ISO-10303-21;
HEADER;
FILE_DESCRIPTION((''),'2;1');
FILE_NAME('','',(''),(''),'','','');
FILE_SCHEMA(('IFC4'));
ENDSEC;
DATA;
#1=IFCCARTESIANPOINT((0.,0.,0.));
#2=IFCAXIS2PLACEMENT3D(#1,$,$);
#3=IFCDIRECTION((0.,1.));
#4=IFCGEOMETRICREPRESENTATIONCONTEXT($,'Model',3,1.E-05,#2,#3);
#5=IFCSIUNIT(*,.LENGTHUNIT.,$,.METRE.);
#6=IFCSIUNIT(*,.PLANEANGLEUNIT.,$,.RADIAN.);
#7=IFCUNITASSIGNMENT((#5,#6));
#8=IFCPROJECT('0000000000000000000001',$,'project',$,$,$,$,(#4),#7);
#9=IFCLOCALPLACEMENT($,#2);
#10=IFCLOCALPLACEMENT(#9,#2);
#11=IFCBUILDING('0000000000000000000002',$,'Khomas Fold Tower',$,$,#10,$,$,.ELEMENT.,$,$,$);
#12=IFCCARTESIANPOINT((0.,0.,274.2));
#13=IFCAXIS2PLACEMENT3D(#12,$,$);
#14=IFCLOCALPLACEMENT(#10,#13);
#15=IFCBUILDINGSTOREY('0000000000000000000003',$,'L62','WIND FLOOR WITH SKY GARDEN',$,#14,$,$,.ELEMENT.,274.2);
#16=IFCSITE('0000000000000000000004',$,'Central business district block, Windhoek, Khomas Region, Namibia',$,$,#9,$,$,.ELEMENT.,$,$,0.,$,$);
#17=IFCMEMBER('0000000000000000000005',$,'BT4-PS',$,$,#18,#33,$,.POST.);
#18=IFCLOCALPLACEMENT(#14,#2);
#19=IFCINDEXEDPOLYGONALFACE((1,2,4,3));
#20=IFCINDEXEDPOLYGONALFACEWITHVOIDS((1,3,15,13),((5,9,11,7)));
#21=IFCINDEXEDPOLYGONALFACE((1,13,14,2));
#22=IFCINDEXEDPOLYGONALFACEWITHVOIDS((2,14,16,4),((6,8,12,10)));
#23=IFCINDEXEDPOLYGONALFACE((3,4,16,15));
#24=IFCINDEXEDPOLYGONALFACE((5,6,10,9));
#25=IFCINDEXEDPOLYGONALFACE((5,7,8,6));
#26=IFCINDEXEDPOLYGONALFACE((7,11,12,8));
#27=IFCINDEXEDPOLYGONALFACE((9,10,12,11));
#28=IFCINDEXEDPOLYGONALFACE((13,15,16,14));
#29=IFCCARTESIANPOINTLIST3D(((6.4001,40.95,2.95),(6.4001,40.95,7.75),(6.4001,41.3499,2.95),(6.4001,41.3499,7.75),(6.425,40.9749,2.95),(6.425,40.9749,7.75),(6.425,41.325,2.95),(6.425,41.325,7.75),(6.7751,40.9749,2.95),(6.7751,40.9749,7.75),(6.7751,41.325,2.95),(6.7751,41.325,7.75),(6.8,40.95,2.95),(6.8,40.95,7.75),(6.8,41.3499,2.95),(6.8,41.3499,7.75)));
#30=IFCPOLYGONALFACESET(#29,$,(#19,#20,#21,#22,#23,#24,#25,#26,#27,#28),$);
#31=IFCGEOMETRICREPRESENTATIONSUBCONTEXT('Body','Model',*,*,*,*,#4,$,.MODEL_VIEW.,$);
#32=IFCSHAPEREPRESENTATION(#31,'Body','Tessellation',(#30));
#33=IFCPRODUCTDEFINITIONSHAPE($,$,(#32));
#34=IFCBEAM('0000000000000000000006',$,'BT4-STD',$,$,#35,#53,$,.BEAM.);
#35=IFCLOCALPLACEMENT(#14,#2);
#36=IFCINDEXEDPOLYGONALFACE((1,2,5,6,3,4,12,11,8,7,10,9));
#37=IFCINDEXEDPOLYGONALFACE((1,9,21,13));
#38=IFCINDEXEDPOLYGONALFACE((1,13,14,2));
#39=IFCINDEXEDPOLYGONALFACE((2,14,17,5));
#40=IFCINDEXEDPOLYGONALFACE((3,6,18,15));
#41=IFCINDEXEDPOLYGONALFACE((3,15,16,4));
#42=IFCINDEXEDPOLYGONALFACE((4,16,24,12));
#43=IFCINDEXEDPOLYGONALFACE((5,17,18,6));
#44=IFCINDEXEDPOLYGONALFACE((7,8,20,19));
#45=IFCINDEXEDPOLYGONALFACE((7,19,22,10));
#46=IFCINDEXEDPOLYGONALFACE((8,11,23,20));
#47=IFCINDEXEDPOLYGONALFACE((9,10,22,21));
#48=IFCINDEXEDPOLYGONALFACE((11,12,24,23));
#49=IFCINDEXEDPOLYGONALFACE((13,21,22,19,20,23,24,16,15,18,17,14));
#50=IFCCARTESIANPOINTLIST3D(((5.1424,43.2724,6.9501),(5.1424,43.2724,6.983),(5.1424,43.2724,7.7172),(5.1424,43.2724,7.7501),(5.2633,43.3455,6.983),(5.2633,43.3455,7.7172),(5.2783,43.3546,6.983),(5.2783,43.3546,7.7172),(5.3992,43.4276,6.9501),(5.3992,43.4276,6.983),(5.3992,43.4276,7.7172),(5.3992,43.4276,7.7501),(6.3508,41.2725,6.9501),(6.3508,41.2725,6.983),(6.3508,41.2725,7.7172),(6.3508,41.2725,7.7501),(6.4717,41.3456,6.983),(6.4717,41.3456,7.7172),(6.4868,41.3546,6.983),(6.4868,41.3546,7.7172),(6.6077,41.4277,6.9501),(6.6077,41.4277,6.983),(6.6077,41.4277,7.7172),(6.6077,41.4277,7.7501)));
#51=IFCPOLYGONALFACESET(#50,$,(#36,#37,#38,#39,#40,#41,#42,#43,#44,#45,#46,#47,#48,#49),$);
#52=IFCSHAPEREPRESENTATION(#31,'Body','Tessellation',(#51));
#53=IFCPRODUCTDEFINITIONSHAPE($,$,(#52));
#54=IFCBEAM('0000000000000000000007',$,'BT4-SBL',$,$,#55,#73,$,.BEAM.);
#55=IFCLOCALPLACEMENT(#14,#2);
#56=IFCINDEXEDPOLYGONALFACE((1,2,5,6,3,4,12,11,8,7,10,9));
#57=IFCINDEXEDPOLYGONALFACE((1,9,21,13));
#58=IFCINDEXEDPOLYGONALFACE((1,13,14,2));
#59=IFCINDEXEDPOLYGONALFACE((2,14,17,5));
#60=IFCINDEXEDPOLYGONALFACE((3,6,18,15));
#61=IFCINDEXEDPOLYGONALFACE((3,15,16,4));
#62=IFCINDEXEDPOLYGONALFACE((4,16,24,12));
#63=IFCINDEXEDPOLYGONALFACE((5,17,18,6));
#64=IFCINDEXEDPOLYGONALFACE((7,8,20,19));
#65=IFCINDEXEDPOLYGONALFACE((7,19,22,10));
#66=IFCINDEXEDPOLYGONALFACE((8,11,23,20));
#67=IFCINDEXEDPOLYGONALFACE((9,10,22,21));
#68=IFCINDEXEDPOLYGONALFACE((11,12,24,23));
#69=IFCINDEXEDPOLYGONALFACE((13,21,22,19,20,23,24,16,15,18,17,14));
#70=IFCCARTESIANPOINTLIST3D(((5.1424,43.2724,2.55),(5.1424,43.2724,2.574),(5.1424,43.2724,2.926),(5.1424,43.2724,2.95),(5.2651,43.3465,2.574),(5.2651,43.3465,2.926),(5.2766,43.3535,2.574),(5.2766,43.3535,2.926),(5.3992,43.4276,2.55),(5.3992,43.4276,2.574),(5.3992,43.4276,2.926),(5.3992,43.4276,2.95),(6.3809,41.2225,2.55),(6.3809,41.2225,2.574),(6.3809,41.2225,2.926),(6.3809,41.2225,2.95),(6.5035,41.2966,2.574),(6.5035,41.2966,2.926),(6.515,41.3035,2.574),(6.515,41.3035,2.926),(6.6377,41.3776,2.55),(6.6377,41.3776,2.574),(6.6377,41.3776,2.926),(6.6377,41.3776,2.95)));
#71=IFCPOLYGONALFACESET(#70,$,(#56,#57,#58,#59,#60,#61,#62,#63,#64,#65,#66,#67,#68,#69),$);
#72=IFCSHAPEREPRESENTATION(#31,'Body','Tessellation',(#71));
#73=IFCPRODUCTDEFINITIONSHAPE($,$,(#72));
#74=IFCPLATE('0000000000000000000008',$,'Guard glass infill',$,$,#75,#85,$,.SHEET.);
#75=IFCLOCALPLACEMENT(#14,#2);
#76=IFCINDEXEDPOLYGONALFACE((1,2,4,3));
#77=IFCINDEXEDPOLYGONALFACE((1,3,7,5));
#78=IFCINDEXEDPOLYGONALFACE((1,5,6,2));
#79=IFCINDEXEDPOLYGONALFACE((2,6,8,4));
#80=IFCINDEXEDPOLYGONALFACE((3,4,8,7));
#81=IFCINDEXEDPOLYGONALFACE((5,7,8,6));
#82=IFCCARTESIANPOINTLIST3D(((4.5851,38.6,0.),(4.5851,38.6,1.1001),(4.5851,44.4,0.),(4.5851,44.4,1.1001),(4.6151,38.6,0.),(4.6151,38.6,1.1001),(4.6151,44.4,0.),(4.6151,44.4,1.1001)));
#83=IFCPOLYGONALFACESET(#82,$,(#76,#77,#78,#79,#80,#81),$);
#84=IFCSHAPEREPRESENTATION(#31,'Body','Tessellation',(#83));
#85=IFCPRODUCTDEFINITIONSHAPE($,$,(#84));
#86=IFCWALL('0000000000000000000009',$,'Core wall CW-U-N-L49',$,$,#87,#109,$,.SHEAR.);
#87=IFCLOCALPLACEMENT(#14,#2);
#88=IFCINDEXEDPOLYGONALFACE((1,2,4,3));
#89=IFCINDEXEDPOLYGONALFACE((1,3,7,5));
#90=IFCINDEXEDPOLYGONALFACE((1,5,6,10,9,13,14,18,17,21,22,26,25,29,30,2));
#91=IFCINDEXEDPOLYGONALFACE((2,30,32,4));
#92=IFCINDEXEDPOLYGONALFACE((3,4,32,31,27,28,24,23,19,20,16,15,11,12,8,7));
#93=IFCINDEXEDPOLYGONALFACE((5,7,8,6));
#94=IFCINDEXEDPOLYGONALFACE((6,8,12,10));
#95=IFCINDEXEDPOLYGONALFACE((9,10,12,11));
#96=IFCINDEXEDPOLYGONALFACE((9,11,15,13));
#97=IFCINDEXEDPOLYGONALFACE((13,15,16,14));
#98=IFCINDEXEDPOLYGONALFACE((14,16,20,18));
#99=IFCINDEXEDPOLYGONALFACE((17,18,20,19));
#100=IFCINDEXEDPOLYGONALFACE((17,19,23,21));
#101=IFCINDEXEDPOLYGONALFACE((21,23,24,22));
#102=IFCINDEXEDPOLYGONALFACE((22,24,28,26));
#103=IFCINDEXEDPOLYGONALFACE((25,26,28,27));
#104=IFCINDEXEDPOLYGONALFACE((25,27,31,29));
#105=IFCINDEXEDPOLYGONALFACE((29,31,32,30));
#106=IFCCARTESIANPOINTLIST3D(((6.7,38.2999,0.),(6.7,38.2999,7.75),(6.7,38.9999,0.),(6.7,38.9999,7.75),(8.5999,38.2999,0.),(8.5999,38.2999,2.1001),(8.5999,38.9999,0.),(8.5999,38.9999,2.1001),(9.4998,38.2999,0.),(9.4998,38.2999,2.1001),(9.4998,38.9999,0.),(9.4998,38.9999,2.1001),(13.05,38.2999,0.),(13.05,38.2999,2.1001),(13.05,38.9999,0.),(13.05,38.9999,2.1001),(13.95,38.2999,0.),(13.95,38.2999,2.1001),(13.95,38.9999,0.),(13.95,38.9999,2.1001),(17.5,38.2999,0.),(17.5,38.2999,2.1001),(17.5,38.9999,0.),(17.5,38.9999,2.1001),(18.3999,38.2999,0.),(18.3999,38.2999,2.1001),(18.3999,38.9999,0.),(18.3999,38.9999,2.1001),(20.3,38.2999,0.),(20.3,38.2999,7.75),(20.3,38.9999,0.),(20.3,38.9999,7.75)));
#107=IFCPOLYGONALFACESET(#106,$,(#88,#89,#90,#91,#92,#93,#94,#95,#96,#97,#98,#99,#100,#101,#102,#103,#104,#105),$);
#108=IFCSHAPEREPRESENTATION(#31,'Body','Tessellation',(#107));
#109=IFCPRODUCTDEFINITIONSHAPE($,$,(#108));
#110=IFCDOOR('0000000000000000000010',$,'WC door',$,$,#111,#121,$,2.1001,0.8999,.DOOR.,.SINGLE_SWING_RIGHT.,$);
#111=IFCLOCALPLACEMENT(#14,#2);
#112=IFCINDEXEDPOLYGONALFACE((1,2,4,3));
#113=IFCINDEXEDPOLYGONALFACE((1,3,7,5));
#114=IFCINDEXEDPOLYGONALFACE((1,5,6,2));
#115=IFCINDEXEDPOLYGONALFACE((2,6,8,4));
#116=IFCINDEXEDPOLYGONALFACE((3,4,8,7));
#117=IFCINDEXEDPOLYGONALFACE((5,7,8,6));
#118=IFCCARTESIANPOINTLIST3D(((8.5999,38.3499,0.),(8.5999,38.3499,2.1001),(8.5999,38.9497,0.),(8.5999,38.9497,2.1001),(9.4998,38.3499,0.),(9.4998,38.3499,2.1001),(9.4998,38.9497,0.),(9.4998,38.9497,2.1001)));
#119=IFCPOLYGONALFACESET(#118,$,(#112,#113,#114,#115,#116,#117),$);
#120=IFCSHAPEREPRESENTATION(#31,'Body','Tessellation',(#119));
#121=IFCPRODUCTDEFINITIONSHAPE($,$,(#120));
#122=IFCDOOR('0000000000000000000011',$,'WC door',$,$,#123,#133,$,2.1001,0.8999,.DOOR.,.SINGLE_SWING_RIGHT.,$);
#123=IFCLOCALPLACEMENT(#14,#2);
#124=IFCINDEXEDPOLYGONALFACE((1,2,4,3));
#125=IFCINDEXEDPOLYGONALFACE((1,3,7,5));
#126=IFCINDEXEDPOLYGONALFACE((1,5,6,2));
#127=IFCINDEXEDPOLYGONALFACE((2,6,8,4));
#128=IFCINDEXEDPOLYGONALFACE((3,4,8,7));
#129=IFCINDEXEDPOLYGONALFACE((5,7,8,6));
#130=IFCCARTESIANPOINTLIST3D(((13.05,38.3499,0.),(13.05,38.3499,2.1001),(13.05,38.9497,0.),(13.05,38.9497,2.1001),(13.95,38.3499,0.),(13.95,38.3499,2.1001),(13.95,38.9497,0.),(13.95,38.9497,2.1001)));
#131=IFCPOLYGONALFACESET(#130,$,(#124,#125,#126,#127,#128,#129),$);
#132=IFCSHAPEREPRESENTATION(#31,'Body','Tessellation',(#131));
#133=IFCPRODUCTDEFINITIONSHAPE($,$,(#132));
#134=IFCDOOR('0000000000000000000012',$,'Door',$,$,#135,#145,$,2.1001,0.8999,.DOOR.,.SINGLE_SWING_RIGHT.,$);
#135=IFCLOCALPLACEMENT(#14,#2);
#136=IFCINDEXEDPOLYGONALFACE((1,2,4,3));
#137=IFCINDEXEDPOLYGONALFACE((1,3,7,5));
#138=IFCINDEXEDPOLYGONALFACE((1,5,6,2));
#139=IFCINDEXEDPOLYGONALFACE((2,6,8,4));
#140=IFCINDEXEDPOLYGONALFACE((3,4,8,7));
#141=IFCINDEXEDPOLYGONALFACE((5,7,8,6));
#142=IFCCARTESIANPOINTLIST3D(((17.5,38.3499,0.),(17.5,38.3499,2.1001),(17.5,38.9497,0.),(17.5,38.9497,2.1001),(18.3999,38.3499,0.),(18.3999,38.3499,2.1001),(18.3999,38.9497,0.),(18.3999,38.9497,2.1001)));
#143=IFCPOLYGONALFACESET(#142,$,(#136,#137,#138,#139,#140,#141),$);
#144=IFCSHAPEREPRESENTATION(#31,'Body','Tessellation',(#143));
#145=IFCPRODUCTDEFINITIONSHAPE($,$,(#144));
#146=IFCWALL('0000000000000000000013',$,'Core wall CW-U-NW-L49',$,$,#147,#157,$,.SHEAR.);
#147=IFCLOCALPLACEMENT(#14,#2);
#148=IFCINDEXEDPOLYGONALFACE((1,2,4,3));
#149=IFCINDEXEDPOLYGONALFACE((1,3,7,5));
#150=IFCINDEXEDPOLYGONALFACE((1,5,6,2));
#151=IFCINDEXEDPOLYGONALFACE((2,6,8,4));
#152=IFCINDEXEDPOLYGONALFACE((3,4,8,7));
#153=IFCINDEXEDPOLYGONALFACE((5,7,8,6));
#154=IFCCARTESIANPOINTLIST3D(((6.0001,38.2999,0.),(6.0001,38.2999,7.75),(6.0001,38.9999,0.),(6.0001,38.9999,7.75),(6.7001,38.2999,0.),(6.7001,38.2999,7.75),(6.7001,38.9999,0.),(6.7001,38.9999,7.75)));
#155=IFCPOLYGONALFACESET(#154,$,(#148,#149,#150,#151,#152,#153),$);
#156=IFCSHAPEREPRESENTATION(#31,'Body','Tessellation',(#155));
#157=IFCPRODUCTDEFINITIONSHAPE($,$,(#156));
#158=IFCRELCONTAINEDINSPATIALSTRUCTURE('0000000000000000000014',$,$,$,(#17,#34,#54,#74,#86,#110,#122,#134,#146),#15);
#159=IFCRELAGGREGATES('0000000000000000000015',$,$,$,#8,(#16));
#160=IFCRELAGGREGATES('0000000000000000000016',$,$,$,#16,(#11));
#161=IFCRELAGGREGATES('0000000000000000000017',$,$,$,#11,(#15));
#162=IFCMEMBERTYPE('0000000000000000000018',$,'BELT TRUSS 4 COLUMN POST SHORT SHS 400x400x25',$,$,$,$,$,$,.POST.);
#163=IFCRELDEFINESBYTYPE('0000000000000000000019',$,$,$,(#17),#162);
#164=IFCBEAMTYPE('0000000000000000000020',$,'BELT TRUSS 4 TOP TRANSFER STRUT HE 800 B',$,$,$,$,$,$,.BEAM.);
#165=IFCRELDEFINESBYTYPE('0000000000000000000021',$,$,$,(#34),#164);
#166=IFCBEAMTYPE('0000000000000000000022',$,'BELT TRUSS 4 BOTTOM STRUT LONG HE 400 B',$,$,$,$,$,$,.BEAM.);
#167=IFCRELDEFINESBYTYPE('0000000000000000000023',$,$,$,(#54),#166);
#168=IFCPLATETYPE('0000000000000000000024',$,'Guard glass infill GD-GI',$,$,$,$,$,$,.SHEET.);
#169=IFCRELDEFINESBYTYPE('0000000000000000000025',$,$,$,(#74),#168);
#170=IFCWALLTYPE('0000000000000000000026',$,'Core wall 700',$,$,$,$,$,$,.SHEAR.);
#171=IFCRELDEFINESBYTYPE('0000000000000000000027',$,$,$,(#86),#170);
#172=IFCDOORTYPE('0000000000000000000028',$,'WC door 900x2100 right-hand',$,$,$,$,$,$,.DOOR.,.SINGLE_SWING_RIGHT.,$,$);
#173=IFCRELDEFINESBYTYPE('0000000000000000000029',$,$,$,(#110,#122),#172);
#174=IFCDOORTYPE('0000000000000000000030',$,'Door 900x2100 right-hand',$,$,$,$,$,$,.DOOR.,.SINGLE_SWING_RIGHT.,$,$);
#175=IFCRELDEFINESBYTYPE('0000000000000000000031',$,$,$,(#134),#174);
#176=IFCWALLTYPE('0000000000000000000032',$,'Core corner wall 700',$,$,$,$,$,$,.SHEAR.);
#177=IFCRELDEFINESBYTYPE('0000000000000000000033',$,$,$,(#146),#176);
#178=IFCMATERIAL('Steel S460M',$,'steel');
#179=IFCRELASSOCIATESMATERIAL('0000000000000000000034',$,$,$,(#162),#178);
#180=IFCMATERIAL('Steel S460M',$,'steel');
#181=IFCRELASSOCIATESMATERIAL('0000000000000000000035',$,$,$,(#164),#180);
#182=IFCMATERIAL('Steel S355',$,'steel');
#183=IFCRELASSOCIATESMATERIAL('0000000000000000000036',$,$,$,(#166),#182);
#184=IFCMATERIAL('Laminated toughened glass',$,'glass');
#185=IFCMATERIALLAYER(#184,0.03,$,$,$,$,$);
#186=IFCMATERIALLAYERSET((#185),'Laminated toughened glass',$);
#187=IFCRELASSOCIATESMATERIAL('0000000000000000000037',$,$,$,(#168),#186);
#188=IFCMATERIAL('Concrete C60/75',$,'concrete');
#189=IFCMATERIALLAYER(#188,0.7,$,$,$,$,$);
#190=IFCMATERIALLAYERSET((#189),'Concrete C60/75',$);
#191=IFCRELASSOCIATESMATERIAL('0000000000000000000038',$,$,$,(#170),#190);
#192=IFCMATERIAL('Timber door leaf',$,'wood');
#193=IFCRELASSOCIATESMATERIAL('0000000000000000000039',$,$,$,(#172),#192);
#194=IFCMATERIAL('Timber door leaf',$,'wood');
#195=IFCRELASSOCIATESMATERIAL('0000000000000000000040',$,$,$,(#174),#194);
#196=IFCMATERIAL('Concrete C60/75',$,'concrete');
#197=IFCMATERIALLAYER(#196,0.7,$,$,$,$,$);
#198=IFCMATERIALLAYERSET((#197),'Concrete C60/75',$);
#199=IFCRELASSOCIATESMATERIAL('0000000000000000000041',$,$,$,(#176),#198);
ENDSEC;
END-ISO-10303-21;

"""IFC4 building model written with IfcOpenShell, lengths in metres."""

from ifc_helpers import new_model, si_unit, direction, frame, frame_2d, origin, origin_2d, place, context, subcontext, project, spatial, rectangle, hollow_rectangle, i_section, extrude, source, transform, mapped, material, layer, layer_set, material_profile, profile_set, type_object, element, fill, save


model = new_model("IFC4")

# Units and contexts
model_context = context("Model", 3, precision=1e-05, world=origin(), true_north=direction((0.0, 1.0)))
body_context = subcontext(model_context, "Body", "Model", "MODEL_VIEW")
ifc_project = project(units=[si_unit("LENGTHUNIT", "METRE"), si_unit("PLANEANGLEUNIT", "RADIAN")], contexts=[model_context])

# Site, building, storey
site_placement = place(None, origin())
site = spatial("IfcSite", under=ifc_project, at=site_placement, Name="Central business district block, Windhoek, Khomas Region, Namibia", CompositionType="ELEMENT", RefElevation=0.0)
building_placement = place(site_placement, origin())
building = spatial("IfcBuilding", under=site, at=building_placement, Name="Khomas Fold Tower", CompositionType="ELEMENT")
storey_placement = place(building_placement, frame((0.0, 0.0, 274.2)))
storey = spatial("IfcBuildingStorey", under=building, at=storey_placement, Name="L62", Description="WIND FLOOR WITH SKY GARDEN", CompositionType="ELEMENT", Elevation=274.2)

# Member
ifc_material_1 = material(Name="Steel S460M", Category="steel")
ifc_material_profile_1 = material_profile(ifc_material_1, hollow_rectangle(XDim=0.3999, YDim=0.3999, WallThickness=0.0249, at=origin_2d()), Name="SHS 400x400x25")
ifc_profile_set_1 = profile_set([ifc_material_profile_1], Name="Steel S460M")
member_type_1 = type_object("IfcMemberType", Name="BELT TRUSS 4 COLUMN POST SHORT SHS 400x400x25", PredefinedType="POST", material=ifc_profile_set_1)
shared_shape_1 = source(origin(), body_context, "Body", "SweptSolid", [
    extrude(hollow_rectangle(XDim=0.3999, YDim=0.3999, WallThickness=0.0249, at=origin_2d()), origin(), (0.0, 0.0, 1.0), 4.8),
])
member_1_placement = place(storey_placement, frame((6.6001, 41.1499, 2.95), z_axis=(0.0, 0.0, 1.0), x_axis=(1.0, 0.0, 0.0)))
element("IfcMember", 1, at=member_1_placement, inside=storey, type_object=member_type_1, Name="BT4-PS", PredefinedType="POST", context=body_context, shape_type="MappedRepresentation", body=[
    mapped(shared_shape_1, transform((0.0, 0.0, 0.0))),
])

# Beams
ifc_material_2 = material(Name="Steel S460M", Category="steel")
ifc_material_profile_2 = material_profile(ifc_material_2, i_section(OverallWidth=0.3, OverallDepth=0.8, WebThickness=0.0176, FlangeThickness=0.033, at=origin_2d()), Name="HE 800 B")
ifc_profile_set_2 = profile_set([ifc_material_profile_2], Name="Steel S460M")
beam_type_1 = type_object("IfcBeamType", Name="BELT TRUSS 4 TOP TRANSFER STRUT HE 800 B", PredefinedType="BEAM", material=ifc_profile_set_2)
shared_shape_2 = source(origin(), body_context, "Body", "SweptSolid", [
    extrude(i_section(OverallWidth=0.3, OverallDepth=0.8, WebThickness=0.0176, FlangeThickness=0.033, at=origin_2d()), origin(), (0.0, 0.0, 1.0), 2.3367),
])
beam_1_placement = place(storey_placement, frame((6.4792, 41.3501, 7.3501), z_axis=(-0.517167, 0.855885, 0.0), x_axis=(-0.855885, -0.517167, 0.0)))
element("IfcBeam", 2, at=beam_1_placement, inside=storey, type_object=beam_type_1, Name="BT4-STD", PredefinedType="BEAM", context=body_context, shape_type="MappedRepresentation", body=[
    mapped(shared_shape_2, transform((0.0, 0.0, 0.0))),
])
ifc_material_3 = material(Name="Steel S355", Category="steel")
ifc_material_profile_3 = material_profile(ifc_material_3, i_section(OverallWidth=0.3, OverallDepth=0.3999, WebThickness=0.0134, FlangeThickness=0.0239, at=origin_2d()), Name="HE 400 B")
ifc_profile_set_3 = profile_set([ifc_material_profile_3], Name="Steel S355")
beam_type_2 = type_object("IfcBeamType", Name="BELT TRUSS 4 BOTTOM STRUT LONG HE 400 B", PredefinedType="BEAM", material=ifc_profile_set_3)
shared_shape_3 = source(origin(), body_context, "Body", "SweptSolid", [
    extrude(i_section(OverallWidth=0.3, OverallDepth=0.3999, WebThickness=0.0134, FlangeThickness=0.0239, at=origin_2d()), origin(), (0.0, 0.0, 1.0), 2.395),
])
beam_2_placement = place(storey_placement, frame((6.5093, 41.3, 2.75), z_axis=(-0.517102, 0.855924, 0.0), x_axis=(-0.855924, -0.517102, 0.0)))
element("IfcBeam", 3, at=beam_2_placement, inside=storey, type_object=beam_type_2, Name="BT4-SBL", PredefinedType="BEAM", context=body_context, shape_type="MappedRepresentation", body=[
    mapped(shared_shape_3, transform((0.0, 0.0, 0.0))),
])

# Plate
ifc_material_4 = material(Name="Laminated toughened glass", Category="glass")
ifc_layer_1 = layer(ifc_material_4, 0.03)
ifc_layer_set_1 = layer_set([ifc_layer_1], Name="Laminated toughened glass")
plate_type = type_object("IfcPlateType", Name="Guard glass infill GD-GI", PredefinedType="SHEET", material=ifc_layer_set_1)
shared_shape_4 = source(origin(), body_context, "Body", "SweptSolid", [
    extrude(rectangle(XDim=5.8, YDim=0.03, at=origin_2d()), origin(), (0.0, 0.0, 1.0), 1.1001),
])
plate_placement = place(storey_placement, frame((4.6001, 41.5, 0.0), z_axis=(0.0, 0.0, 1.0), x_axis=(0.0, 1.0, 0.0)))
element("IfcPlate", 4, at=plate_placement, inside=storey, type_object=plate_type, Name="Guard glass infill", PredefinedType="SHEET", context=body_context, shape_type="MappedRepresentation", body=[
    mapped(shared_shape_4, transform((0.0, 0.0, 0.0))),
])

# Wall, openings, doors
ifc_material_5 = material(Name="Concrete C60/75", Category="concrete")
ifc_layer_2 = layer(ifc_material_5, 0.7)
ifc_layer_set_2 = layer_set([ifc_layer_2], Name="Concrete C60/75")
wall_type_1 = type_object("IfcWallType", Name="Core wall 700", PredefinedType="SHEAR", material=ifc_layer_set_2)
shared_shape_5 = source(origin(), body_context, "Body", "SweptSolid", [
    extrude(rectangle(XDim=13.6001, YDim=0.7, at=frame_2d((6.8, 0.0))), origin(), (0.0, 0.0, 1.0), 7.75),
])
wall_1_placement = place(storey_placement, frame((6.7, 38.6499, 0.0), z_axis=(0.0, 0.0, 1.0), x_axis=(1.0, 0.0, 0.0)))
wall_1 = element("IfcWall", 5, at=wall_1_placement, inside=storey, type_object=wall_type_1, Name="Core wall CW-U-N-L49", PredefinedType="SHEAR", context=body_context, shape_type="MappedRepresentation", body=[
    mapped(shared_shape_5, transform((0.0, 0.0, 0.0))),
])
shared_shape_6 = source(origin(), body_context, "Body", "SweptSolid", [
    extrude(rectangle(XDim=0.8999, YDim=2.1001, at=frame_2d((0.45, 1.05))), frame((0.0, 0.3599, 0.0), z_axis=(0.0, -1.0, 0.0), x_axis=(1.0, 0.0, 0.0)), (0.0, 0.0, 1.0), 0.72),
])
opening_1_placement = place(wall_1_placement, frame((1.8999, 0.0, 0.0)))
opening_1 = element("IfcOpeningElement", 6, at=opening_1_placement, cuts=wall_1, PredefinedType="OPENING", context=body_context, shape_type="MappedRepresentation", body=[
    mapped(shared_shape_6, transform((0.0, 0.0, 0.0))),
])
opening_2_placement = place(wall_1_placement, frame((6.3501, 0.0, 0.0)))
opening_2 = element("IfcOpeningElement", 7, at=opening_2_placement, cuts=wall_1, PredefinedType="OPENING", context=body_context, shape_type="MappedRepresentation", body=[
    mapped(shared_shape_6, transform((0.0, 0.0, 0.0))),
])
opening_3_placement = place(wall_1_placement, frame((10.8, 0.0, 0.0)))
opening_3 = element("IfcOpeningElement", 8, at=opening_3_placement, cuts=wall_1, PredefinedType="OPENING", context=body_context, shape_type="MappedRepresentation", body=[
    mapped(shared_shape_6, transform((0.0, 0.0, 0.0))),
])
ifc_material_6 = material(Name="Timber door leaf", Category="wood")
door_type_1 = type_object("IfcDoorType", Name="WC door 900x2100 right-hand", OperationType="SINGLE_SWING_RIGHT", PredefinedType="DOOR", material=ifc_material_6)
shared_shape_7 = source(origin(), body_context, "Body", "SweptSolid", [
    extrude(rectangle(XDim=0.8999, YDim=2.1001, at=frame_2d((0.45, 1.05))), frame((0.0, 0.2998, 0.0), z_axis=(0.0, -1.0, 0.0), x_axis=(1.0, 0.0, 0.0)), (0.0, 0.0, 1.0), 0.5999),
])
door_1_placement = place(opening_1_placement, origin())
door_1 = element("IfcDoor", 9, at=door_1_placement, inside=storey, type_object=door_type_1, Name="WC door", OperationType="SINGLE_SWING_RIGHT", OverallHeight=2.1001, OverallWidth=0.8999, PredefinedType="DOOR", context=body_context, shape_type="MappedRepresentation", body=[
    mapped(shared_shape_7, transform((0.0, 0.0, 0.0))),
])
fill(opening_1, door_1)
door_2_placement = place(opening_2_placement, origin())
door_2 = element("IfcDoor", 10, at=door_2_placement, inside=storey, type_object=door_type_1, Name="WC door", OperationType="SINGLE_SWING_RIGHT", OverallHeight=2.1001, OverallWidth=0.8999, PredefinedType="DOOR", context=body_context, shape_type="MappedRepresentation", body=[
    mapped(shared_shape_7, transform((0.0, 0.0, 0.0))),
])
fill(opening_2, door_2)
ifc_material_7 = material(Name="Timber door leaf", Category="wood")
door_type_2 = type_object("IfcDoorType", Name="Door 900x2100 right-hand", OperationType="SINGLE_SWING_RIGHT", PredefinedType="DOOR", material=ifc_material_7)
door_3_placement = place(opening_3_placement, origin())
door_3 = element("IfcDoor", 11, at=door_3_placement, inside=storey, type_object=door_type_2, Name="Door", OperationType="SINGLE_SWING_RIGHT", OverallHeight=2.1001, OverallWidth=0.8999, PredefinedType="DOOR", context=body_context, shape_type="MappedRepresentation", body=[
    mapped(shared_shape_7, transform((0.0, 0.0, 0.0))),
])
fill(opening_3, door_3)

# Wall
ifc_material_8 = material(Name="Concrete C60/75", Category="concrete")
ifc_layer_3 = layer(ifc_material_8, 0.7)
ifc_layer_set_3 = layer_set([ifc_layer_3], Name="Concrete C60/75")
wall_type_2 = type_object("IfcWallType", Name="Core corner wall 700", PredefinedType="SHEAR", material=ifc_layer_set_3)
shared_shape_8 = source(origin(), body_context, "Body", "SweptSolid", [
    extrude(rectangle(XDim=0.7, YDim=0.7, at=frame_2d((0.3501, 0.0))), origin(), (0.0, 0.0, 1.0), 7.75),
])
wall_2_placement = place(storey_placement, frame((6.0, 38.6499, 0.0), z_axis=(0.0, 0.0, 1.0), x_axis=(1.0, 0.0, 0.0)))
element("IfcWall", 12, at=wall_2_placement, inside=storey, type_object=wall_type_2, Name="Core wall CW-U-NW-L49", PredefinedType="SHEAR", context=body_context, shape_type="MappedRepresentation", body=[
    mapped(shared_shape_8, transform((0.0, 0.0, 0.0))),
])

save(model, "model.ifc")
